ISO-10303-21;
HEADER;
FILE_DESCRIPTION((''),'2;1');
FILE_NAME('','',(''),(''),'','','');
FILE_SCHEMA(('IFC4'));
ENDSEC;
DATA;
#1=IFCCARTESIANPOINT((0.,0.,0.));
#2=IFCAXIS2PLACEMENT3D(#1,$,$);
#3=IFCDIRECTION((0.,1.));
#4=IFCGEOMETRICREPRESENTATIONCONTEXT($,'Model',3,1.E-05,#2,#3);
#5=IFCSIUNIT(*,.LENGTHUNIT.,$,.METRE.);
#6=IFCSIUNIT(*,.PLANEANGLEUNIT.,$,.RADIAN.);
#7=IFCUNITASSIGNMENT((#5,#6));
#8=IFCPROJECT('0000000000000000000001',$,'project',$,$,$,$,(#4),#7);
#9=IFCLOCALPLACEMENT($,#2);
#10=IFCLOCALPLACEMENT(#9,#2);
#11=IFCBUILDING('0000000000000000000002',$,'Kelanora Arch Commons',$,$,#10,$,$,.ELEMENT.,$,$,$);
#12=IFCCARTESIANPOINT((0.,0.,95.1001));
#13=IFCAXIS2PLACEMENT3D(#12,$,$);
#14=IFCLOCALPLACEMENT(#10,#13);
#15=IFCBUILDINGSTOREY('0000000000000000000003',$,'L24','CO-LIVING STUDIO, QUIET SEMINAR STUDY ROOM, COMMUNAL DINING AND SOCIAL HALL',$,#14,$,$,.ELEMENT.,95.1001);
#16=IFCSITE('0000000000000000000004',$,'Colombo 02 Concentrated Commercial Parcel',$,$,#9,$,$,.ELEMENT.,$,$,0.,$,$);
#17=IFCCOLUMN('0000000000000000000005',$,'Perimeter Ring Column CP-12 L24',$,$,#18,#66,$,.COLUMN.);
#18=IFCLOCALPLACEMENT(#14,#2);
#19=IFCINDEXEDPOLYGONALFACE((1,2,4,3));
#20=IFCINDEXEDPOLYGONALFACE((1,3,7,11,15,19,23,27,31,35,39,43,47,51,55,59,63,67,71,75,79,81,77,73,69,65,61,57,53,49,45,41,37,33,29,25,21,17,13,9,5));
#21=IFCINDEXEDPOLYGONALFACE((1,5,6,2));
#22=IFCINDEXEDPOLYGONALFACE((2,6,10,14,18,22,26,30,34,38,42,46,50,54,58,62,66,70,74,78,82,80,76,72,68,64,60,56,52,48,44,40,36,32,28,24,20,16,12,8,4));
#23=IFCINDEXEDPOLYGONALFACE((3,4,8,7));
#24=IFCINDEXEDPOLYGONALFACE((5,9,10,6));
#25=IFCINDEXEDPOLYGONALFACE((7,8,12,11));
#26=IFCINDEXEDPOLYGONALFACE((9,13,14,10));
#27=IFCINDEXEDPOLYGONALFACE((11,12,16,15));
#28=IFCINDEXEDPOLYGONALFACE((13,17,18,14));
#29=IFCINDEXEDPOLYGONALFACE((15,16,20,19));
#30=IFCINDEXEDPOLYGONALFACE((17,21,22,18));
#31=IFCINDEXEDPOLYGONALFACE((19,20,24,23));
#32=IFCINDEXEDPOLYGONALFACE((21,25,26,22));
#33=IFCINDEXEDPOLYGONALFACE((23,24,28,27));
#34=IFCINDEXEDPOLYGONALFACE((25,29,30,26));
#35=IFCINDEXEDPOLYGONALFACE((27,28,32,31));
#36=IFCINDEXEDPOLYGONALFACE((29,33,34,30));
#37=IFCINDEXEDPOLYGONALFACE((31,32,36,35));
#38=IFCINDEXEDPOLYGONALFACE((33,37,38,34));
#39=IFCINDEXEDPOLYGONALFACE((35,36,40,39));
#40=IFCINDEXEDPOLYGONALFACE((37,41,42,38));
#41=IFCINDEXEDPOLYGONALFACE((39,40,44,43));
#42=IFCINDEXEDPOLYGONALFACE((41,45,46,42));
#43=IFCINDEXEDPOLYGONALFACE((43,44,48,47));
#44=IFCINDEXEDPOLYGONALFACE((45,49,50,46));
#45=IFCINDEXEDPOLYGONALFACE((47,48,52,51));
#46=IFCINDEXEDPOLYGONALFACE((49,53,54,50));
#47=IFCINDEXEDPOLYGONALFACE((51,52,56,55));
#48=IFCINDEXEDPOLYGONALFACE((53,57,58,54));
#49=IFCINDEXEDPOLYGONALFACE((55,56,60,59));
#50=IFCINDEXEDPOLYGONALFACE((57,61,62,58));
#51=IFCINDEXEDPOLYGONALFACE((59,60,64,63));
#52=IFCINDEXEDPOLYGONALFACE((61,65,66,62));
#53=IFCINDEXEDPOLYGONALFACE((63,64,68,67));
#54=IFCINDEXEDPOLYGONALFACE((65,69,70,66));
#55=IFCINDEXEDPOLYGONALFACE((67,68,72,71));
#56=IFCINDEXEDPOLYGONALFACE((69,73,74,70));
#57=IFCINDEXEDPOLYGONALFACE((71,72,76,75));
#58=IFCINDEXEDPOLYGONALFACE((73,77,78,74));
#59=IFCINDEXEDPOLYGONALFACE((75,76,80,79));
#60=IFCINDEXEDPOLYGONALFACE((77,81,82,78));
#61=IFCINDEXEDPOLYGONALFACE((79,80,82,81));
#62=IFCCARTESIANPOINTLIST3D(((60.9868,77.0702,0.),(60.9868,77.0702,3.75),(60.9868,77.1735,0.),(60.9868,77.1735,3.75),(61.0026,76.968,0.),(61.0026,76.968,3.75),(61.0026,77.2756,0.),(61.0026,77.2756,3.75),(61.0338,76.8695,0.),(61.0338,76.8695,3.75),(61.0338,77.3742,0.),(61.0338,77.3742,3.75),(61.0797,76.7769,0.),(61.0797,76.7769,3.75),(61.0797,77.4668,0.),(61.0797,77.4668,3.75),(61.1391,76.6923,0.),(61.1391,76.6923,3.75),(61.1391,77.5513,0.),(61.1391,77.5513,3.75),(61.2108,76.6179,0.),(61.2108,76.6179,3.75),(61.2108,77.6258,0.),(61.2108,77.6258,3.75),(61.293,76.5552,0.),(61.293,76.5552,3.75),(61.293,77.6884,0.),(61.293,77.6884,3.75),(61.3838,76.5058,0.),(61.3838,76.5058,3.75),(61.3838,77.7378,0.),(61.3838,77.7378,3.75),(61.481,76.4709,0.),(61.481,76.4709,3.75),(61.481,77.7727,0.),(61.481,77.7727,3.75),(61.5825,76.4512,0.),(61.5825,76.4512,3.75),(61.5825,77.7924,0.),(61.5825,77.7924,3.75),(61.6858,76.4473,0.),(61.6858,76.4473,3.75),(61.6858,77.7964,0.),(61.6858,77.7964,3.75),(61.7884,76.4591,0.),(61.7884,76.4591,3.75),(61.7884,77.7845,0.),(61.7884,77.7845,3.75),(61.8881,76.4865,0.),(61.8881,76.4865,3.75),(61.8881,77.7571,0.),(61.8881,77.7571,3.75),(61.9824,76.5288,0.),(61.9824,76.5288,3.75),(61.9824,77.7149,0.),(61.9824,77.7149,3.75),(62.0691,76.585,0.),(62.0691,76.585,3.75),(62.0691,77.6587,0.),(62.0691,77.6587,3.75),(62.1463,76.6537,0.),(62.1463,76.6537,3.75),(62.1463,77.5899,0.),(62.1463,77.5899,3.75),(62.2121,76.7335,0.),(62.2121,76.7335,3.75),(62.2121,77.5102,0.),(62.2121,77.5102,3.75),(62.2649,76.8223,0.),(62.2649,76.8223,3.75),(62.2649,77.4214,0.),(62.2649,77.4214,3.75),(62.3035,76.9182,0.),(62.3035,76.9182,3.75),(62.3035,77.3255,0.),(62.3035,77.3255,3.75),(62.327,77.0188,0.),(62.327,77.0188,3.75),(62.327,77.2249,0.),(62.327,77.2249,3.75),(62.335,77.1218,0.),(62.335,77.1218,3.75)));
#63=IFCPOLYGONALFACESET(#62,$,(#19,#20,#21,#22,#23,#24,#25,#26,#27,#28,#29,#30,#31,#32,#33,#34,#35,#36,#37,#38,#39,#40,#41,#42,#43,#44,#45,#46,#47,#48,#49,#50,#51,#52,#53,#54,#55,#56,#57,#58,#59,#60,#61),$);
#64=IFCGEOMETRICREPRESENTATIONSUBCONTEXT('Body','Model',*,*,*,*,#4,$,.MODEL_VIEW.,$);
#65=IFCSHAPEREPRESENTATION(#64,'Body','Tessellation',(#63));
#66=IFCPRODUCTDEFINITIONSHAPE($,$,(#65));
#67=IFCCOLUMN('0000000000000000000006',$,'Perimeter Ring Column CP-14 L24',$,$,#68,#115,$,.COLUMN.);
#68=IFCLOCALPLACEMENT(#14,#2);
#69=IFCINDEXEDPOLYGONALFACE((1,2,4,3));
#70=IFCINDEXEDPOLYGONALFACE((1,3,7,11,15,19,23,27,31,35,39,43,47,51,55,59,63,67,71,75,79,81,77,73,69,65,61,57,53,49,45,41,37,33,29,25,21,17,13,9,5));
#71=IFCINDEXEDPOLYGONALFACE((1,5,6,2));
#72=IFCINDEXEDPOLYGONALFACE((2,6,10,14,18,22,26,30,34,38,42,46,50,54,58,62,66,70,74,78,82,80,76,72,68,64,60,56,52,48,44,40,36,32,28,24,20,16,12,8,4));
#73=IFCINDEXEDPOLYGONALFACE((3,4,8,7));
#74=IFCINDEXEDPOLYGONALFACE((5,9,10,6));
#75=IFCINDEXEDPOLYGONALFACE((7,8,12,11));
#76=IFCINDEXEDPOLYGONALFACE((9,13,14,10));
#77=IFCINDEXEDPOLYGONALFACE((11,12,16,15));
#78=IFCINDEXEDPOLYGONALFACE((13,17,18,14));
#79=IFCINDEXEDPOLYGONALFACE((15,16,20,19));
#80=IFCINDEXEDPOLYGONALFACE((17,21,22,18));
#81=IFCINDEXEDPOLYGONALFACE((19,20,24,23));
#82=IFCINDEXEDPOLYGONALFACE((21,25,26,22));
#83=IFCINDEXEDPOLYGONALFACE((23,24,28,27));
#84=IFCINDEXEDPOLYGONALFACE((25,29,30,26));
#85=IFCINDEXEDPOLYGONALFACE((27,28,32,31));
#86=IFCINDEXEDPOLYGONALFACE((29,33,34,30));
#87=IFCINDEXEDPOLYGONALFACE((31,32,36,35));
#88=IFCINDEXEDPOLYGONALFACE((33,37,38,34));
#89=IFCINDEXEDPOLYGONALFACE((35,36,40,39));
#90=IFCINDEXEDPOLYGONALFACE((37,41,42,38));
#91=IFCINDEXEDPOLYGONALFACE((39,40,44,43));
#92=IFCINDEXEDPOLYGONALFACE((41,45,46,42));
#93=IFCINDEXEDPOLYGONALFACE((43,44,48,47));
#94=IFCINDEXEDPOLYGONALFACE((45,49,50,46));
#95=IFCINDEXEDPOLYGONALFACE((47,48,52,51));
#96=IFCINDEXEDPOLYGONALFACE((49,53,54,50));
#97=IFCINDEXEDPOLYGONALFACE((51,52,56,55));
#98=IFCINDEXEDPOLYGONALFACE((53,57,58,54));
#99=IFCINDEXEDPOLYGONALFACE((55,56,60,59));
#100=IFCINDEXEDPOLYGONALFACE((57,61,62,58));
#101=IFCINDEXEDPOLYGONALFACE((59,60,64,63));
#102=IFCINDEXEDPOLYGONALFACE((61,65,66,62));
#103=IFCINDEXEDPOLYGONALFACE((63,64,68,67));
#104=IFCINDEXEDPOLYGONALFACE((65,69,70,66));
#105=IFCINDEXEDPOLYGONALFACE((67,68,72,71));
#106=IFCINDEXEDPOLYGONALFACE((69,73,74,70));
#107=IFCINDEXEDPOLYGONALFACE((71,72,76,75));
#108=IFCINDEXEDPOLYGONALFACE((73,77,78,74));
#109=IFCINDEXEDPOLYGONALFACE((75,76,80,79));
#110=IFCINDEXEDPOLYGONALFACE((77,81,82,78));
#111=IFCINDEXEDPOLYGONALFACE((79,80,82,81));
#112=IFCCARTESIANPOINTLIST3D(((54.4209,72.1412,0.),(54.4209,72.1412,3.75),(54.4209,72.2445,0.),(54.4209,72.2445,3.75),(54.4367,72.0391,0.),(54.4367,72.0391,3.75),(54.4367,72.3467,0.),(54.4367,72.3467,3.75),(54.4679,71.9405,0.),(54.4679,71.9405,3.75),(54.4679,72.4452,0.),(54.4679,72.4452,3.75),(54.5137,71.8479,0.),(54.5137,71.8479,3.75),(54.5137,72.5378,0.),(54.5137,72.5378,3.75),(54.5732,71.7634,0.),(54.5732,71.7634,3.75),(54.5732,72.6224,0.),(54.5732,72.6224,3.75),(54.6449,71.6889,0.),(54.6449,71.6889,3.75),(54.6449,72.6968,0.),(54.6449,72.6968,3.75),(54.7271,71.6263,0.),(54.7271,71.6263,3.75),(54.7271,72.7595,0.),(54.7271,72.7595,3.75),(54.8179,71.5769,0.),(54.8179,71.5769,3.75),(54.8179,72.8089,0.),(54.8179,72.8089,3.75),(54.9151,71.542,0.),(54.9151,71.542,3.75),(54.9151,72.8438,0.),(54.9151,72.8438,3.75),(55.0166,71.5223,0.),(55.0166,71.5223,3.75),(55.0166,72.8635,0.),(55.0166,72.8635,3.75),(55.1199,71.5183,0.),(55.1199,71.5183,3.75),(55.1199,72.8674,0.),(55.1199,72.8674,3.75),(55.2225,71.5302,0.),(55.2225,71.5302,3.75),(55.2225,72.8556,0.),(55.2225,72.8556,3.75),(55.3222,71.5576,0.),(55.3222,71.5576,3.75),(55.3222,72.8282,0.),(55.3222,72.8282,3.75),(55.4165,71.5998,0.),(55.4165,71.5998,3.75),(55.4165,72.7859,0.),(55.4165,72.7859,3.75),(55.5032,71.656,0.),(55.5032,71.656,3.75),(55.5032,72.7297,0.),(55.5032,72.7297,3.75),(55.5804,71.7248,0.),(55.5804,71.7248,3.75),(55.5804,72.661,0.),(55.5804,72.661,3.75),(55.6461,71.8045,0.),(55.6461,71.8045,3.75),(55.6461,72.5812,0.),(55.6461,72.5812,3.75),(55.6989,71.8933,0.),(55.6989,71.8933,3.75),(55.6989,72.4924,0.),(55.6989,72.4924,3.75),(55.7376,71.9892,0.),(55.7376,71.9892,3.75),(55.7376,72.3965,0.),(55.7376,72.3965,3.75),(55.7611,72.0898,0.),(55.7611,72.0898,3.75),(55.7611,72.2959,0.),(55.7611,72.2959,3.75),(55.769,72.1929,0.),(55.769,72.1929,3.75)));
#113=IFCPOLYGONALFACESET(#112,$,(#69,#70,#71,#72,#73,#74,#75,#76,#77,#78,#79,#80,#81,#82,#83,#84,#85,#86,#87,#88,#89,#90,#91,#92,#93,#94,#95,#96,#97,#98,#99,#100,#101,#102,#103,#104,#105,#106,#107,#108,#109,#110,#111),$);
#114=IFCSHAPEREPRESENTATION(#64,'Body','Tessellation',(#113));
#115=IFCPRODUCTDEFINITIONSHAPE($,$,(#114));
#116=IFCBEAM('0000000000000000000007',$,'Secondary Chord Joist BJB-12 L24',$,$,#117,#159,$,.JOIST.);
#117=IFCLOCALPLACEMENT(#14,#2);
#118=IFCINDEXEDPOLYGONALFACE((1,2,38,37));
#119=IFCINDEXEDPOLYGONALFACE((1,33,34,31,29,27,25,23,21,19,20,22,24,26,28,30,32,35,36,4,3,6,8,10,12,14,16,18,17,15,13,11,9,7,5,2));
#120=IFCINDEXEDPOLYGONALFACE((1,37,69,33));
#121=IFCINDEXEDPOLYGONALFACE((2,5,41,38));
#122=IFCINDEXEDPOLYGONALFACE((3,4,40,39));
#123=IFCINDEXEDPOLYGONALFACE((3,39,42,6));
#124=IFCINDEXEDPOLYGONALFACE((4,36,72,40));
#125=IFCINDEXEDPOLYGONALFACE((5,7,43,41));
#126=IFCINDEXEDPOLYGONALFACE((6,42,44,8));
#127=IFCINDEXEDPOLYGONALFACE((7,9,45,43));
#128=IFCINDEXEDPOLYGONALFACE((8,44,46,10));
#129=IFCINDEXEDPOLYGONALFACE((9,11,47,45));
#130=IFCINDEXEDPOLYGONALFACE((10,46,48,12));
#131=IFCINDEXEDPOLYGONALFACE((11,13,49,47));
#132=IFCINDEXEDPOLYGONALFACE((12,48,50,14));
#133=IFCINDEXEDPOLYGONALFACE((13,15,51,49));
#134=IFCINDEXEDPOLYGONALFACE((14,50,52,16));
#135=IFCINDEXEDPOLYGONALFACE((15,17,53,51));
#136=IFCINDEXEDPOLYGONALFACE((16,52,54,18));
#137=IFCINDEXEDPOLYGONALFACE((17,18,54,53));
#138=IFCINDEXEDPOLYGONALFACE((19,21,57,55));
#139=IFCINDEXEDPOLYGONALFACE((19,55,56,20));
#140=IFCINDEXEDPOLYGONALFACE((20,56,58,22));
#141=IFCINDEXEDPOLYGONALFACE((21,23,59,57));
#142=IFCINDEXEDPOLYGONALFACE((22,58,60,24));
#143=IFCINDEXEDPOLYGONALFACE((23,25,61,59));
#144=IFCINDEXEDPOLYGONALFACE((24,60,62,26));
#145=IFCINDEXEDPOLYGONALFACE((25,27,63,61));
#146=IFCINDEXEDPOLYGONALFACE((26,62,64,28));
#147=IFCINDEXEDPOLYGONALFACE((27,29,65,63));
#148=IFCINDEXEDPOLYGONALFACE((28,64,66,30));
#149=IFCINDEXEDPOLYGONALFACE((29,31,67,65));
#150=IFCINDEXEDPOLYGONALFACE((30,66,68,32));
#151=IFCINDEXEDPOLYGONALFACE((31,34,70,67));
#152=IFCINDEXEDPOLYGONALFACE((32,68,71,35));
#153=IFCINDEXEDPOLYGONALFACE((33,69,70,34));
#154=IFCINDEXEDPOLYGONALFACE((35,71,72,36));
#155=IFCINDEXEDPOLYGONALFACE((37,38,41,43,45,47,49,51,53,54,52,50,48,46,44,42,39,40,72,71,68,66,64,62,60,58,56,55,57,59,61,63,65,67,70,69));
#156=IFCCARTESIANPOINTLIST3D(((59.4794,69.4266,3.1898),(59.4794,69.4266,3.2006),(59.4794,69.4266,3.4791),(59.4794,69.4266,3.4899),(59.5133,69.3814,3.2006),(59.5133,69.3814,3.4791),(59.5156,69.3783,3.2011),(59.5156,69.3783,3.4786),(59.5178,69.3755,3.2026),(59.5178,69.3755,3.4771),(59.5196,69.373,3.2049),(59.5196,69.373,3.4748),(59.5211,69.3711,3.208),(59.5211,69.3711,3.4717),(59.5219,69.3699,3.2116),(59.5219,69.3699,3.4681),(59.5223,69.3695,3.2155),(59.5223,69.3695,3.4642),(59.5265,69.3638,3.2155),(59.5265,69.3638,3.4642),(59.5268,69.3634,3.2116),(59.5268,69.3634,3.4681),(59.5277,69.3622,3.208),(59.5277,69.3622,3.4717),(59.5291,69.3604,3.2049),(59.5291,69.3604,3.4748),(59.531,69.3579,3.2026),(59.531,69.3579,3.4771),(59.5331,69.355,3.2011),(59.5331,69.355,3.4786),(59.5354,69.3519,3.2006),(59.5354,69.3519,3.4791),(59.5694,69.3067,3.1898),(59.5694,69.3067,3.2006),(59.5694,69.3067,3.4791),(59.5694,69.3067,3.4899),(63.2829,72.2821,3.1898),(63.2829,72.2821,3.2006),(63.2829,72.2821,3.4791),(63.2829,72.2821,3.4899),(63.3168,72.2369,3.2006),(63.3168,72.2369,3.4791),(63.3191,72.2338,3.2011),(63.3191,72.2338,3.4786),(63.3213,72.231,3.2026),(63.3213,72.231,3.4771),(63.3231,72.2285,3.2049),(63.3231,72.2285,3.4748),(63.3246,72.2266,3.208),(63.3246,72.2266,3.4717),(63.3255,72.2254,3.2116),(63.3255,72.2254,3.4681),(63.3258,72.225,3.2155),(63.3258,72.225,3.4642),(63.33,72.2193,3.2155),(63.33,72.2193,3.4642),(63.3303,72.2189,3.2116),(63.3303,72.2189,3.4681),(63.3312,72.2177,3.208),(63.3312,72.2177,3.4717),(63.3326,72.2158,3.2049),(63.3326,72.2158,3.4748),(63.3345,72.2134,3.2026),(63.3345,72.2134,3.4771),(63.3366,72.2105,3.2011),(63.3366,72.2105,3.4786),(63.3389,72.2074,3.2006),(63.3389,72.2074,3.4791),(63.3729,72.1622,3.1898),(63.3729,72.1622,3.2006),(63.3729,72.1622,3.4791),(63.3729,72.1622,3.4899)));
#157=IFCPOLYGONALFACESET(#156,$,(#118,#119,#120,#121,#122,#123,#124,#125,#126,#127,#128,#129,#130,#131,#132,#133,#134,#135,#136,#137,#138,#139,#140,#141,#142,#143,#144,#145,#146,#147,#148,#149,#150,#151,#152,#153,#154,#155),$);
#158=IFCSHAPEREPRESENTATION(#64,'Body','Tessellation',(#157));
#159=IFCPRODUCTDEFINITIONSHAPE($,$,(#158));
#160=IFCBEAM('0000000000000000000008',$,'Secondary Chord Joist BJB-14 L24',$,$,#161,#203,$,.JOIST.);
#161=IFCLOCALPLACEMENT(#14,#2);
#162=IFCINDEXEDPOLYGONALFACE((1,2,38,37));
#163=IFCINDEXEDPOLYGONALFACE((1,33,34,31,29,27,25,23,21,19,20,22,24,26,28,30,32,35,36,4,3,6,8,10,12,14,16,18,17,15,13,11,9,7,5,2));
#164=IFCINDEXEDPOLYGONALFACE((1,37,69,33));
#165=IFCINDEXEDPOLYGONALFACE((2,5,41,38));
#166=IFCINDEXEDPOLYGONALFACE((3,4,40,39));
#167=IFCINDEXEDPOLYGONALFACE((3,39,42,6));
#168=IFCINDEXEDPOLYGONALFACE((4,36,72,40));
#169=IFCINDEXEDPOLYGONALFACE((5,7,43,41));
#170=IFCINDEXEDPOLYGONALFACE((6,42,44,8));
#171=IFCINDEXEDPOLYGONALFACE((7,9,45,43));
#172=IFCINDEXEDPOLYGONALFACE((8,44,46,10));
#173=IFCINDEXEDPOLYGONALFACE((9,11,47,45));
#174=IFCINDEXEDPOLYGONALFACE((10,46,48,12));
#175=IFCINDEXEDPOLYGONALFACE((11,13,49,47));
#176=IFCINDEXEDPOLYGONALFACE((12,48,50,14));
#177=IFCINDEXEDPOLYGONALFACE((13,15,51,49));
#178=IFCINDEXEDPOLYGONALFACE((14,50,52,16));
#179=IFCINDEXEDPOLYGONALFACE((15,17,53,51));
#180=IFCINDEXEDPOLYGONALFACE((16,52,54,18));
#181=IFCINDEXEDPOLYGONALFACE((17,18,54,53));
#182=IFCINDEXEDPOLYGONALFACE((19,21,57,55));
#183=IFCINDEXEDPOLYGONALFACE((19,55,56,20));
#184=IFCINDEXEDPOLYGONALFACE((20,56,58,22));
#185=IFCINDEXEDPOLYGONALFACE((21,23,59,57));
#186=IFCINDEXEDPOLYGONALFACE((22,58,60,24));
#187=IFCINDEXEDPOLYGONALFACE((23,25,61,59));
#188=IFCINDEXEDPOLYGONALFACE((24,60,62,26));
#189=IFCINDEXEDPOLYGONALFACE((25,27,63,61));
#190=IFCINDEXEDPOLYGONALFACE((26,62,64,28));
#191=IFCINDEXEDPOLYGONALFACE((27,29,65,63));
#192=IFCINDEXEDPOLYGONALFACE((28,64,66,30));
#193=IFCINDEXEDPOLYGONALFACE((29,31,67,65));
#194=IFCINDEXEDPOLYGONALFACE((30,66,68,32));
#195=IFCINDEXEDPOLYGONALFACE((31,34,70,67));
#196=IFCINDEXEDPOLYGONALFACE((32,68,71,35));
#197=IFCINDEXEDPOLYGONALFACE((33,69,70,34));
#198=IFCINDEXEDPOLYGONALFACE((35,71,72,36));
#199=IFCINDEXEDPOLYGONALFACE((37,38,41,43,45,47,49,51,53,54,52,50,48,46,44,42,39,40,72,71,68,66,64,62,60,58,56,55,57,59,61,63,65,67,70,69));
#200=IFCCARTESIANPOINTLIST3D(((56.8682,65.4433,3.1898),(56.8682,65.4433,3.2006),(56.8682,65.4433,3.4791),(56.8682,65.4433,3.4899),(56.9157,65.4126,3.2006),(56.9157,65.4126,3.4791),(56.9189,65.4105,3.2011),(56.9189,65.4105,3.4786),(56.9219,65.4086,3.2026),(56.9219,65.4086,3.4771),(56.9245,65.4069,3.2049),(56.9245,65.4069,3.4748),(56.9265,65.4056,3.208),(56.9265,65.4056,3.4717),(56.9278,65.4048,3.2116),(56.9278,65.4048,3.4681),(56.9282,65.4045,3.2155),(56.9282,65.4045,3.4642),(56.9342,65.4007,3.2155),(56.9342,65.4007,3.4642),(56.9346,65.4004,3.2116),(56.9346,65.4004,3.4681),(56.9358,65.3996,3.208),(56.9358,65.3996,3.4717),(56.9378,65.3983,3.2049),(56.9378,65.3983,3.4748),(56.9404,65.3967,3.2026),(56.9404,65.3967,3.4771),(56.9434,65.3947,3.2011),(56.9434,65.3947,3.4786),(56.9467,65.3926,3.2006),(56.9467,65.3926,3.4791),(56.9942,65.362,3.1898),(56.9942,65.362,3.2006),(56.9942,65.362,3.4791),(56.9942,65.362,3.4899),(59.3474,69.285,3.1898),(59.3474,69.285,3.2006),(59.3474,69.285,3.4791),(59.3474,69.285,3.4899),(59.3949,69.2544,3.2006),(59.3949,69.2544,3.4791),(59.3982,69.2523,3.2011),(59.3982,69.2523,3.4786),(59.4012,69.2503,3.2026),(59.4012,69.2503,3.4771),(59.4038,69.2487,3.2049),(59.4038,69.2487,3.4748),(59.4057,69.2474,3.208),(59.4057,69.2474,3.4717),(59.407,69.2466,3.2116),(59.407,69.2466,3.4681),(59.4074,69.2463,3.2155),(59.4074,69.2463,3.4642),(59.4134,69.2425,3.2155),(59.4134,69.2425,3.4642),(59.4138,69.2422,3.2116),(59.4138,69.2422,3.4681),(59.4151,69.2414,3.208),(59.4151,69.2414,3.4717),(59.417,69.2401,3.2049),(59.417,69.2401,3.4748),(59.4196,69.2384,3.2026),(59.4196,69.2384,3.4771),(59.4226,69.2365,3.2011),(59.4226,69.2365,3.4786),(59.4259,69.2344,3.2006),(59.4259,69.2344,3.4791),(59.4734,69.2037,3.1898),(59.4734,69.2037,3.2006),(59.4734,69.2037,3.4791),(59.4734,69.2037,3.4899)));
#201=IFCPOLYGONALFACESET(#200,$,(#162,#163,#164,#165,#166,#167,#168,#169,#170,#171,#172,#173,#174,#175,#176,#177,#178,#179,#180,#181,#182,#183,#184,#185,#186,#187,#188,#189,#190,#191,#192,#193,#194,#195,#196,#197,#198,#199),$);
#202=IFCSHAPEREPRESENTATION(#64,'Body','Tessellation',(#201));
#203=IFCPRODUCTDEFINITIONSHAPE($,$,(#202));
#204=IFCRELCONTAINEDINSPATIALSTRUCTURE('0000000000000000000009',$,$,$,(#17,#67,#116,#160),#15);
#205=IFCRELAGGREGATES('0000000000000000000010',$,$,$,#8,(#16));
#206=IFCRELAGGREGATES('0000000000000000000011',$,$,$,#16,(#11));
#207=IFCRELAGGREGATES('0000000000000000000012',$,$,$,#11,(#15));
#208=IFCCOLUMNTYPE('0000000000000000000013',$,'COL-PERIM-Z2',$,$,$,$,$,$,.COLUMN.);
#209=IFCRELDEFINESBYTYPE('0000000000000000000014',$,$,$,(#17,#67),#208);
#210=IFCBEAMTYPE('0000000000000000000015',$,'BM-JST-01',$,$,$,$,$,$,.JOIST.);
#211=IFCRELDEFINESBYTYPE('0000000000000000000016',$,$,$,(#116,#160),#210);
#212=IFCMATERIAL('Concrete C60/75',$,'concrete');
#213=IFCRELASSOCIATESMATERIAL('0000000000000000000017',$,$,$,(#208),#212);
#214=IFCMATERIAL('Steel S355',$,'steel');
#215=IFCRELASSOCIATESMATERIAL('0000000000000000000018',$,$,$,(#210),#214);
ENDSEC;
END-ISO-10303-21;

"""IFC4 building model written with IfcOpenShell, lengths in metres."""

from ifc_helpers import new_model, si_unit, direction, frame, origin, origin_2d, place, context, subcontext, project, spatial, circle, i_section, extrude, material, material_profile, profile_set, type_object, element, save


model = new_model("IFC4")

# Units and contexts
model_context = context("Model", 3, precision=1e-05, world=origin(), true_north=direction((0.0, 1.0)))
body_context = subcontext(model_context, "Body", "Model", "MODEL_VIEW")
ifc_project = project(units=[si_unit("LENGTHUNIT", "METRE"), si_unit("PLANEANGLEUNIT", "RADIAN")], contexts=[model_context])

# Site, building, storey
site_placement = place(None, origin())
site = spatial("IfcSite", under=ifc_project, at=site_placement, Name="Colombo 02 Concentrated Commercial Parcel", CompositionType="ELEMENT", RefElevation=0.0)
building_placement = place(site_placement, origin())
building = spatial("IfcBuilding", under=site, at=building_placement, Name="Kelanora Arch Commons", CompositionType="ELEMENT")
storey_placement = place(building_placement, frame((0.0, 0.0, 95.1001)))
storey = spatial("IfcBuildingStorey", under=building, at=storey_placement, Name="L24", Description="CO-LIVING STUDIO, QUIET SEMINAR STUDY ROOM, COMMUNAL DINING AND SOCIAL HALL", CompositionType="ELEMENT", Elevation=95.1001)

# Columns
ifc_material_1 = material(Name="Concrete C60/75", Category="concrete")
ifc_material_profile_1 = material_profile(ifc_material_1, circle(Radius=0.675, at=origin_2d()), Name="RCC1350")
ifc_profile_set_1 = profile_set([ifc_material_profile_1], Name="Concrete C60/75")
column_type = type_object("IfcColumnType", Name="COL-PERIM-Z2", PredefinedType="COLUMN", material=ifc_profile_set_1)
for number, where, z_axis, x_axis, name in (
    (1, (61.6599, 77.1218, 0.0), (0.0, 0.0, 1.0), (1.0, 0.0, 0.0), "Perimeter Ring Column CP-12 L24"),
    (2, (55.094, 72.1929, 0.0), (0.0, 0.0, 1.0), (1.0, 0.0, 0.0), "Perimeter Ring Column CP-14 L24"),
):
    element("IfcColumn", number, at=place(storey_placement, frame(where, z_axis=z_axis, x_axis=x_axis)), inside=storey, type_object=column_type, Name=name, PredefinedType="COLUMN", context=body_context, shape_type="SweptSolid", body=[
        extrude(circle(Radius=0.675, at=origin_2d()), origin(), (0.0, 0.0, 1.0), 3.75),
    ])

# Beams
ifc_material_2 = material(Name="Steel S355", Category="steel")
ifc_material_profile_2 = material_profile(ifc_material_2, i_section(OverallWidth=0.1499, OverallDepth=0.3, WebThickness=0.0071, FlangeThickness=0.0107, FilletRadius=0.0149, at=origin_2d()), Name="IPE300")
ifc_profile_set_2 = profile_set([ifc_material_profile_2], Name="Steel S355")
beam_type_1 = type_object("IfcBeamType", Name="BM-JST-01", PredefinedType="JOIST", material=ifc_profile_set_2)
beam_1_placement = place(storey_placement, frame((63.3279, 72.2222, 3.3398), z_axis=(-0.79971, -0.600386, 0.0), x_axis=(0.600386, -0.79971, 0.0)))
element("IfcBeam", 3, at=beam_1_placement, inside=storey, type_object=beam_type_1, Name="Secondary Chord Joist BJB-12 L24", PredefinedType="JOIST", context=body_context, shape_type="SweptSolid", body=[
    extrude(i_section(OverallWidth=0.1499, OverallDepth=0.3, WebThickness=0.0071, FlangeThickness=0.0107, FilletRadius=0.0149, at=origin_2d()), origin(), (0.0, 0.0, 1.0), 4.7561),
])
beam_2_placement = place(storey_placement, frame((59.4104, 69.2444, 3.3398), z_axis=(-0.54223, -0.84023, 0.0), x_axis=(0.84023, -0.54223, 0.0)))
element("IfcBeam", 4, at=beam_2_placement, inside=storey, type_object=beam_type_1, Name="Secondary Chord Joist BJB-14 L24", PredefinedType="JOIST", context=body_context, shape_type="SweptSolid", body=[
    extrude(i_section(OverallWidth=0.1499, OverallDepth=0.3, WebThickness=0.0071, FlangeThickness=0.0107, FilletRadius=0.0149, at=origin_2d()), origin(), (0.0, 0.0, 1.0), 4.5723),
])

save(model, "model.ifc")
